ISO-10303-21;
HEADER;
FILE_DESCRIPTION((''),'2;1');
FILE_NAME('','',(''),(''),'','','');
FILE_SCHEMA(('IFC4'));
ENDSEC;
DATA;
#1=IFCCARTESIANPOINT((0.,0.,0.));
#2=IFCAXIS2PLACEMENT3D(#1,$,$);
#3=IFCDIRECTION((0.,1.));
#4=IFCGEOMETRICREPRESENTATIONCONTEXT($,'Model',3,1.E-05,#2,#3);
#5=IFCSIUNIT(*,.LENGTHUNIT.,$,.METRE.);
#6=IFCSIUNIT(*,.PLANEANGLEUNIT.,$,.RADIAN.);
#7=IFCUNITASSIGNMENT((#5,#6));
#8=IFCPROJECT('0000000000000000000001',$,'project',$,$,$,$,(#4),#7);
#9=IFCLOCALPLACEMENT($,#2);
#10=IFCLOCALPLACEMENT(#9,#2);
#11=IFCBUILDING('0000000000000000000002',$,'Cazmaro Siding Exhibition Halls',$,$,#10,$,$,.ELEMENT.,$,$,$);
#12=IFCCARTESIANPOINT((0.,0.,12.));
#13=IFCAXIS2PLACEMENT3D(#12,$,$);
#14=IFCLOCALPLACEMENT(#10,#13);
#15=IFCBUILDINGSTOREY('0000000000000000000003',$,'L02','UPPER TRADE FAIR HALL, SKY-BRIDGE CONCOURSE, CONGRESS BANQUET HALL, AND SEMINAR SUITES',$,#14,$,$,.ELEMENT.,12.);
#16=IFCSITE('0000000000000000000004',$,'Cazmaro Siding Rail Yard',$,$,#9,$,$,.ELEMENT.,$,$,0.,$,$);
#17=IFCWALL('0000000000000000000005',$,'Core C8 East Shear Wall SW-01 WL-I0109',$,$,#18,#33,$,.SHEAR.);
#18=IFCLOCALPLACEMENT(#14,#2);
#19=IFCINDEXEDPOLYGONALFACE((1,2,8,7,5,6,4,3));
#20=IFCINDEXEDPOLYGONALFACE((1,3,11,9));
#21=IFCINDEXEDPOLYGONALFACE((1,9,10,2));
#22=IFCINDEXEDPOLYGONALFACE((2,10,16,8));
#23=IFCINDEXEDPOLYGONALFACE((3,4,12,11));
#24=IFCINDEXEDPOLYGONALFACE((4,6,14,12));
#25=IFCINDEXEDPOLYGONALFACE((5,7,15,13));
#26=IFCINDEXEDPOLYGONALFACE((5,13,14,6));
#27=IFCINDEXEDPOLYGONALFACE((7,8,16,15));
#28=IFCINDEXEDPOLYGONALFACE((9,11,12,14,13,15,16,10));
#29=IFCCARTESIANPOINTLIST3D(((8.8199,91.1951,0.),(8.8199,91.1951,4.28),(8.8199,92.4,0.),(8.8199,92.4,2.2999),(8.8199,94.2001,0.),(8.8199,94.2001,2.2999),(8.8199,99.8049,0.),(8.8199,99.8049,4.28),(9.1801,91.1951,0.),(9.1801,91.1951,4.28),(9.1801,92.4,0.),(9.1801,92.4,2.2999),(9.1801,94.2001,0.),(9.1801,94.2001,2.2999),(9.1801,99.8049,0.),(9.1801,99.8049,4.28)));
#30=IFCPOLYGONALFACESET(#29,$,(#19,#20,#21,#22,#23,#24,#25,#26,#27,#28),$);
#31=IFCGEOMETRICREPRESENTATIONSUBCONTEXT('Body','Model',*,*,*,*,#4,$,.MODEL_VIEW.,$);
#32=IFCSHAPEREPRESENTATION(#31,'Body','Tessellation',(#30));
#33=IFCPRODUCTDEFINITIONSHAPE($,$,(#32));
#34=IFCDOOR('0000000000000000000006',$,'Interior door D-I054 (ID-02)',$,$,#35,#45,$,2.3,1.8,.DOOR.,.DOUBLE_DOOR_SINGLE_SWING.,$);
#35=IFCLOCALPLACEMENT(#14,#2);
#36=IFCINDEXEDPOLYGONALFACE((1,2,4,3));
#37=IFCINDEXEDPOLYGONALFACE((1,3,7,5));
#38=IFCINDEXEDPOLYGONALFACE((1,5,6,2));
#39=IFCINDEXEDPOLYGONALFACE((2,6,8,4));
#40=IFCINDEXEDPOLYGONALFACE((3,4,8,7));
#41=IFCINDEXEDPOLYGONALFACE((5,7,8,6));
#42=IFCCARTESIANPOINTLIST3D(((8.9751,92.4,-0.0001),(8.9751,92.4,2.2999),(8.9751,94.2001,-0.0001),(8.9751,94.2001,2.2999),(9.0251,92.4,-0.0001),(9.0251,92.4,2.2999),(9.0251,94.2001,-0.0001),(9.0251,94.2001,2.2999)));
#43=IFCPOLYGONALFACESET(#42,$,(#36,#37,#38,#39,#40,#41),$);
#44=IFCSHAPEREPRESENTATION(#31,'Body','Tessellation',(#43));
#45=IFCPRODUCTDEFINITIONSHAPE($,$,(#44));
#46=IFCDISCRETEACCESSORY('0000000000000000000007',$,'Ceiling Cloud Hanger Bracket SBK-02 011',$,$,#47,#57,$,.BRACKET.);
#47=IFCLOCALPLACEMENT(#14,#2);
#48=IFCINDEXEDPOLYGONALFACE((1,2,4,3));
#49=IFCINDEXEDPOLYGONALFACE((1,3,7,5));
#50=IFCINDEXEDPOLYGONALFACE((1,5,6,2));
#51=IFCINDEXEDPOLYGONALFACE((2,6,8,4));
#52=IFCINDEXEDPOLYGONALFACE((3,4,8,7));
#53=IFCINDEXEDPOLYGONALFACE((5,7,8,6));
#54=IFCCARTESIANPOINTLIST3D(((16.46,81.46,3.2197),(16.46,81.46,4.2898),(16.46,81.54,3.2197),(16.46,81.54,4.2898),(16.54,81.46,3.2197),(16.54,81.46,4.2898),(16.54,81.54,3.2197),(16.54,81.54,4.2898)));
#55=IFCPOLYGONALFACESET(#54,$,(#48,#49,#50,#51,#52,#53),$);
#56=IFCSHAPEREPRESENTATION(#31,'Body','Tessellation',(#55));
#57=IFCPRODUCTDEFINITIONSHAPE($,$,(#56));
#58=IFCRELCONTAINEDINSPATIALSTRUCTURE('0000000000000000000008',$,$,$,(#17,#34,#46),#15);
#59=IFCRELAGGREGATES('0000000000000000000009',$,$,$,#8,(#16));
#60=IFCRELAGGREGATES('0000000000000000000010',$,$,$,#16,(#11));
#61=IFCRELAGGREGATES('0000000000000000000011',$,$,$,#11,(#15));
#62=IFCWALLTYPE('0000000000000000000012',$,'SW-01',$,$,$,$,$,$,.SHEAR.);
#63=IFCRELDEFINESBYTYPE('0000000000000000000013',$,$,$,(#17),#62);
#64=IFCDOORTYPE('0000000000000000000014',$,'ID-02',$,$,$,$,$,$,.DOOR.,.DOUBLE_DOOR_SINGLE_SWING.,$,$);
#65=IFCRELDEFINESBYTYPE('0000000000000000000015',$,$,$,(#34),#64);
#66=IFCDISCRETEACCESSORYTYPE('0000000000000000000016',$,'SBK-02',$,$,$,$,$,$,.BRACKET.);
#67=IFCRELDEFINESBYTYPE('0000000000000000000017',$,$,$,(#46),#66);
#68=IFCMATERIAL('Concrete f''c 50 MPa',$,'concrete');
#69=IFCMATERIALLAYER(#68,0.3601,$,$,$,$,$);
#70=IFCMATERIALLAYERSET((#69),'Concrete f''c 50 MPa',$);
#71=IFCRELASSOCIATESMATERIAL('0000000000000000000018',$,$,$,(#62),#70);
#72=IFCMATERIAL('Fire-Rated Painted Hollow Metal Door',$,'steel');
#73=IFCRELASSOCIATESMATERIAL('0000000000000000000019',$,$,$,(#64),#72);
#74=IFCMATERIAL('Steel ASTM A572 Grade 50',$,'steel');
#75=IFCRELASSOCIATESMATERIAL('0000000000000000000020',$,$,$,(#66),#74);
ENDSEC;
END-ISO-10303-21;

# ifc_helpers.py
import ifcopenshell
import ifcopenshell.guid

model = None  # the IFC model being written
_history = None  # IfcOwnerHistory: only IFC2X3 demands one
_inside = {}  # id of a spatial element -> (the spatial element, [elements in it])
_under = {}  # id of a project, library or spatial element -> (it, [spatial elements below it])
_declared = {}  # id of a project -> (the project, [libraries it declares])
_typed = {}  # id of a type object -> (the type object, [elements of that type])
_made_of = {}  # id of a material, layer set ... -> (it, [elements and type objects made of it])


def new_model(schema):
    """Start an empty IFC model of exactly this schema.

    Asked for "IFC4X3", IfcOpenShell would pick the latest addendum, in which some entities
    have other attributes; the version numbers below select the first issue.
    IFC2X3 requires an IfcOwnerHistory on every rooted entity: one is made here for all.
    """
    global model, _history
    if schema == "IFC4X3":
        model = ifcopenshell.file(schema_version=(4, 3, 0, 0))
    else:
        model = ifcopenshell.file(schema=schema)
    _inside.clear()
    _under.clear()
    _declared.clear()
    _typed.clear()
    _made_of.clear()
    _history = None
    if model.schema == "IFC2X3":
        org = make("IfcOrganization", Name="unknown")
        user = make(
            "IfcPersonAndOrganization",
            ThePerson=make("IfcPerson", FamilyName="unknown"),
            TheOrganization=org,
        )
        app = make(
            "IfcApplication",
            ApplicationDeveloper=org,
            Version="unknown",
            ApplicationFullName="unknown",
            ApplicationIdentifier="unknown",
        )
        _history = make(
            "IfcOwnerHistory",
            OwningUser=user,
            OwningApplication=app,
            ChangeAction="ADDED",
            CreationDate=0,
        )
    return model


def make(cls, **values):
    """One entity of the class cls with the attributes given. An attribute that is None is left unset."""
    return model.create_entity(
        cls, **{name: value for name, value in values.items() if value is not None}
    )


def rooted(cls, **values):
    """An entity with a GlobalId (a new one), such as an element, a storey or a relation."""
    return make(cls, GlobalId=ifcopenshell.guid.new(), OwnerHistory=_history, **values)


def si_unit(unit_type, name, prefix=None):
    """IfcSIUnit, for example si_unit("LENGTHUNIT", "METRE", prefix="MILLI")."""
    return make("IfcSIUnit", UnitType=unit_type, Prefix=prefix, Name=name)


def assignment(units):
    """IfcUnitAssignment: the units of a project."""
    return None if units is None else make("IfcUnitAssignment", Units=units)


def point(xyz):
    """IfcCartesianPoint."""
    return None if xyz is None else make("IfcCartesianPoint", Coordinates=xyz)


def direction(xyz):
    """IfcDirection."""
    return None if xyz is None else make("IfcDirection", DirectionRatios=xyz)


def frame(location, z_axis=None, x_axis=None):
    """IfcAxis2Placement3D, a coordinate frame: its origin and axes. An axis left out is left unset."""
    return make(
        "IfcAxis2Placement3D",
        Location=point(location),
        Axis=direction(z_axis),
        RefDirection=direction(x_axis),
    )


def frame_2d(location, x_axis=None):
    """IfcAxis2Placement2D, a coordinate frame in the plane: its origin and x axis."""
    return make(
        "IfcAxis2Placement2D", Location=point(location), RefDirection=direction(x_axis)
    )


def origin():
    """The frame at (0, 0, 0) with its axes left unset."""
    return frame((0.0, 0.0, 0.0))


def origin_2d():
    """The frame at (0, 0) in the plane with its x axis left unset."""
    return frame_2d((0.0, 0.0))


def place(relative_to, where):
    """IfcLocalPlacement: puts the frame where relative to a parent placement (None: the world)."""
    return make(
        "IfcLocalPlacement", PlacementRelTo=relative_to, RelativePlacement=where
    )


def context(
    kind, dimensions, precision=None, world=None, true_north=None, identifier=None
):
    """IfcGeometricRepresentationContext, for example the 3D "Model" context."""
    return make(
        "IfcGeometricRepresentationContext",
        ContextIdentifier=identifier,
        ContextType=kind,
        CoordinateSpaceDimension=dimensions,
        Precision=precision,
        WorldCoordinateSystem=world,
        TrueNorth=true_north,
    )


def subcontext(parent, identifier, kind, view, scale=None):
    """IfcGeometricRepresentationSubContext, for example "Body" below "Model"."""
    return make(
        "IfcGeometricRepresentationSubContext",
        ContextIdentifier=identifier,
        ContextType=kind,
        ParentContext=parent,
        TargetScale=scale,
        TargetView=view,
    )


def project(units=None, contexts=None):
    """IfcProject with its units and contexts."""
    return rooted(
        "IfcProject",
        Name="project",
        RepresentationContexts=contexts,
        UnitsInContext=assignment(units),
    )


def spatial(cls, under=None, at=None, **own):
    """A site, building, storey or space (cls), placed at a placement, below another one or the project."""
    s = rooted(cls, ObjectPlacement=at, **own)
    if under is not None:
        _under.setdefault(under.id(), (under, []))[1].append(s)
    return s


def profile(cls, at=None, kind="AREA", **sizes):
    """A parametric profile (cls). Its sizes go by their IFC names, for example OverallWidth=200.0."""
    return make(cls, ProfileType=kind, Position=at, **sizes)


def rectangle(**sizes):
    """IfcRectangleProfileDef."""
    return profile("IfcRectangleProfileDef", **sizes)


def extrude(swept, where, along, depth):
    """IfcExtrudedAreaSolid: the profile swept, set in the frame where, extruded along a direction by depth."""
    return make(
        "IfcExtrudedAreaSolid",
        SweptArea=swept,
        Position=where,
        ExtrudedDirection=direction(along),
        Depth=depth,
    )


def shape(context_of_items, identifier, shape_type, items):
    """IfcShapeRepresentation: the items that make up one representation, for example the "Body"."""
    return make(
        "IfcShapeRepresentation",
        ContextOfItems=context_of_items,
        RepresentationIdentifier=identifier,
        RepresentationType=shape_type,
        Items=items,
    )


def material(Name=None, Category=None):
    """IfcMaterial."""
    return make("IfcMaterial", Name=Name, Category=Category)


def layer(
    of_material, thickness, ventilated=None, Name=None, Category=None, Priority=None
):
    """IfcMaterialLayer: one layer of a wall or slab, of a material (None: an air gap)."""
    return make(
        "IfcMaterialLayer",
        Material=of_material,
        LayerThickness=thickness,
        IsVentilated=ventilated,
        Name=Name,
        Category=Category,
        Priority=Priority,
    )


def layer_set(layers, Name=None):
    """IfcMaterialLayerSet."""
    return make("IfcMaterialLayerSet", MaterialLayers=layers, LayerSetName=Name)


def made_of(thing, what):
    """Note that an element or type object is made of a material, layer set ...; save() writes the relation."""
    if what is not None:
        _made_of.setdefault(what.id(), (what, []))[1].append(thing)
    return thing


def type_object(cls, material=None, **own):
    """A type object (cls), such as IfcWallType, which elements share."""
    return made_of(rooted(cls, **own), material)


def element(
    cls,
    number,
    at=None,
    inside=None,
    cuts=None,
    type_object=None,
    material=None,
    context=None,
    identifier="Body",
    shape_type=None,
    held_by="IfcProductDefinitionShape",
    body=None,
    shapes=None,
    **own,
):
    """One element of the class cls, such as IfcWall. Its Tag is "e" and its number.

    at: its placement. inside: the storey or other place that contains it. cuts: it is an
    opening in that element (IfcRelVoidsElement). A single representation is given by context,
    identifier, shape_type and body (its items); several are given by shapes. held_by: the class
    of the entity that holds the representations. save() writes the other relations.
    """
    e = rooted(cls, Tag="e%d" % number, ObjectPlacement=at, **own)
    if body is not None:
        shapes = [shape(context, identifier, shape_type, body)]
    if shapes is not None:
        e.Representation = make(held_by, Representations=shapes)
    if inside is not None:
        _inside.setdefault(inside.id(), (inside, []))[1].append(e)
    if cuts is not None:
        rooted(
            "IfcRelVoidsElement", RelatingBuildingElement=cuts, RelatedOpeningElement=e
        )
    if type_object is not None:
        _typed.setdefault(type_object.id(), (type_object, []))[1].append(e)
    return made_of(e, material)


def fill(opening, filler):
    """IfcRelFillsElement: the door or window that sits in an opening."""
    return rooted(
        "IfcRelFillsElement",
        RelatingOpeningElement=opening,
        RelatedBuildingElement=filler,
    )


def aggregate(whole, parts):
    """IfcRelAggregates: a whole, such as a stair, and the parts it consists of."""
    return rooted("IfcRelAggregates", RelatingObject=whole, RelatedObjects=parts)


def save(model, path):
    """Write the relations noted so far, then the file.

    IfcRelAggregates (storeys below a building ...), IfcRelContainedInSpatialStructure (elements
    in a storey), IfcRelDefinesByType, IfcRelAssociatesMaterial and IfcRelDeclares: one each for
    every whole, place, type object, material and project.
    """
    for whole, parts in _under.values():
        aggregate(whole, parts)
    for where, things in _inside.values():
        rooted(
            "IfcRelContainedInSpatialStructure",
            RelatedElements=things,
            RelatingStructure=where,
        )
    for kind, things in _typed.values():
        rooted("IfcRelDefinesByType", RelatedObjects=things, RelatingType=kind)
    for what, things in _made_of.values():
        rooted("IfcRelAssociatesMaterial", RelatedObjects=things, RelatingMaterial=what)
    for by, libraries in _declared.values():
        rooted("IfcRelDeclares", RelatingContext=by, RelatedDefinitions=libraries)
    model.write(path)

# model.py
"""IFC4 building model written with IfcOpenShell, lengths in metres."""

from ifc_helpers import new_model, si_unit, direction, frame, frame_2d, origin, origin_2d, place, context, subcontext, project, spatial, rectangle, extrude, material, layer, layer_set, type_object, element, fill, save


model = new_model("IFC4")

# Units and contexts
model_context = context("Model", 3, precision=1e-05, world=origin(), true_north=direction((0.0, 1.0)))
body_context = subcontext(model_context, "Body", "Model", "MODEL_VIEW")
ifc_project = project(units=[si_unit("LENGTHUNIT", "METRE"), si_unit("PLANEANGLEUNIT", "RADIAN")], contexts=[model_context])

# Site, building, storey
site_placement = place(None, origin())
site = spatial("IfcSite", under=ifc_project, at=site_placement, Name="Cazmaro Siding Rail Yard", CompositionType="ELEMENT", RefElevation=0.0)
building_placement = place(site_placement, origin())
building = spatial("IfcBuilding", under=site, at=building_placement, Name="Cazmaro Siding Exhibition Halls", CompositionType="ELEMENT")
storey_placement = place(building_placement, frame((0.0, 0.0, 12.0)))
storey = spatial("IfcBuildingStorey", under=building, at=storey_placement, Name="L02", Description="UPPER TRADE FAIR HALL, SKY-BRIDGE CONCOURSE, CONGRESS BANQUET HALL, AND SEMINAR SUITES", CompositionType="ELEMENT", Elevation=12.0)

# Wall, opening, door
ifc_material_1 = material(Name="Concrete f'c 50 MPa", Category="concrete")
ifc_layer_1 = layer(ifc_material_1, 0.3601)
ifc_layer_set_1 = layer_set([ifc_layer_1], Name="Concrete f'c 50 MPa")
wall_type_1 = type_object("IfcWallType", Name="SW-01", PredefinedType="SHEAR", material=ifc_layer_set_1)
wall_1_placement = place(storey_placement, frame((9.0, 91.1951, 0.0), z_axis=(0.0, 0.0, 1.0), x_axis=(0.0, 1.0, 0.0)))
wall_1 = element("IfcWall", 1, at=wall_1_placement, inside=storey, type_object=wall_type_1, Name="Core C8 East Shear Wall SW-01 WL-I0109", PredefinedType="SHEAR", context=body_context, shape_type="SweptSolid", body=[
    extrude(rectangle(XDim=8.6099, YDim=0.3601, at=frame_2d((4.3049, 0.0))), origin(), (0.0, 0.0, 1.0), 4.28),
])
opening_1_placement = place(wall_1_placement, frame((1.2051, 0.0, 0.0)))
opening_1 = element("IfcOpeningElement", 2, at=opening_1_placement, cuts=wall_1, PredefinedType="OPENING", context=body_context, shape_type="SweptSolid", body=[
    extrude(rectangle(XDim=1.8, YDim=2.3, at=frame_2d((0.8999, 1.1499))), frame((0.0, 0.1899, 0.0), z_axis=(0.0, -1.0, 0.0), x_axis=(1.0, 0.0, 0.0)), (0.0, 0.0, 1.0), 0.3801),
])
ifc_material_2 = material(Name="Fire-Rated Painted Hollow Metal Door", Category="steel")
door_type_1 = type_object("IfcDoorType", Name="ID-02", OperationType="DOUBLE_DOOR_SINGLE_SWING", PredefinedType="DOOR", material=ifc_material_2)
door_1_placement = place(opening_1_placement, origin())
door_1 = element("IfcDoor", 3, at=door_1_placement, inside=storey, type_object=door_type_1, Name="Interior door D-I054 (ID-02)", OperationType="DOUBLE_DOOR_SINGLE_SWING", OverallHeight=2.3, OverallWidth=1.8, PredefinedType="DOOR", context=body_context, shape_type="SweptSolid", body=[
    extrude(rectangle(XDim=1.8, YDim=2.3, at=frame_2d((0.8999, 1.1499))), frame((0.0, 0.0249, 0.0), z_axis=(0.0, -1.0, 0.0), x_axis=(1.0, 0.0, 0.0)), (0.0, 0.0, 1.0), 0.05),
])
fill(opening_1, door_1)

# Discrete accessory
ifc_material_3 = material(Name="Steel ASTM A572 Grade 50", Category="steel")
discrete_accessory_type = type_object("IfcDiscreteAccessoryType", Name="SBK-02", PredefinedType="BRACKET", material=ifc_material_3)
discrete_accessory_placement = place(storey_placement, frame((16.5, 81.5, 3.2197), z_axis=(0.0, 0.0, 1.0), x_axis=(1.0, 0.0, 0.0)))
element("IfcDiscreteAccessory", 4, at=discrete_accessory_placement, inside=storey, type_object=discrete_accessory_type, Name="Ceiling Cloud Hanger Bracket SBK-02 011", PredefinedType="BRACKET", context=body_context, shape_type="SweptSolid", body=[
    extrude(rectangle(XDim=0.0801, YDim=0.0801, at=origin_2d()), origin(), (0.0, 0.0, 1.0), 1.0701),
])

save(model, "model.ifc")
